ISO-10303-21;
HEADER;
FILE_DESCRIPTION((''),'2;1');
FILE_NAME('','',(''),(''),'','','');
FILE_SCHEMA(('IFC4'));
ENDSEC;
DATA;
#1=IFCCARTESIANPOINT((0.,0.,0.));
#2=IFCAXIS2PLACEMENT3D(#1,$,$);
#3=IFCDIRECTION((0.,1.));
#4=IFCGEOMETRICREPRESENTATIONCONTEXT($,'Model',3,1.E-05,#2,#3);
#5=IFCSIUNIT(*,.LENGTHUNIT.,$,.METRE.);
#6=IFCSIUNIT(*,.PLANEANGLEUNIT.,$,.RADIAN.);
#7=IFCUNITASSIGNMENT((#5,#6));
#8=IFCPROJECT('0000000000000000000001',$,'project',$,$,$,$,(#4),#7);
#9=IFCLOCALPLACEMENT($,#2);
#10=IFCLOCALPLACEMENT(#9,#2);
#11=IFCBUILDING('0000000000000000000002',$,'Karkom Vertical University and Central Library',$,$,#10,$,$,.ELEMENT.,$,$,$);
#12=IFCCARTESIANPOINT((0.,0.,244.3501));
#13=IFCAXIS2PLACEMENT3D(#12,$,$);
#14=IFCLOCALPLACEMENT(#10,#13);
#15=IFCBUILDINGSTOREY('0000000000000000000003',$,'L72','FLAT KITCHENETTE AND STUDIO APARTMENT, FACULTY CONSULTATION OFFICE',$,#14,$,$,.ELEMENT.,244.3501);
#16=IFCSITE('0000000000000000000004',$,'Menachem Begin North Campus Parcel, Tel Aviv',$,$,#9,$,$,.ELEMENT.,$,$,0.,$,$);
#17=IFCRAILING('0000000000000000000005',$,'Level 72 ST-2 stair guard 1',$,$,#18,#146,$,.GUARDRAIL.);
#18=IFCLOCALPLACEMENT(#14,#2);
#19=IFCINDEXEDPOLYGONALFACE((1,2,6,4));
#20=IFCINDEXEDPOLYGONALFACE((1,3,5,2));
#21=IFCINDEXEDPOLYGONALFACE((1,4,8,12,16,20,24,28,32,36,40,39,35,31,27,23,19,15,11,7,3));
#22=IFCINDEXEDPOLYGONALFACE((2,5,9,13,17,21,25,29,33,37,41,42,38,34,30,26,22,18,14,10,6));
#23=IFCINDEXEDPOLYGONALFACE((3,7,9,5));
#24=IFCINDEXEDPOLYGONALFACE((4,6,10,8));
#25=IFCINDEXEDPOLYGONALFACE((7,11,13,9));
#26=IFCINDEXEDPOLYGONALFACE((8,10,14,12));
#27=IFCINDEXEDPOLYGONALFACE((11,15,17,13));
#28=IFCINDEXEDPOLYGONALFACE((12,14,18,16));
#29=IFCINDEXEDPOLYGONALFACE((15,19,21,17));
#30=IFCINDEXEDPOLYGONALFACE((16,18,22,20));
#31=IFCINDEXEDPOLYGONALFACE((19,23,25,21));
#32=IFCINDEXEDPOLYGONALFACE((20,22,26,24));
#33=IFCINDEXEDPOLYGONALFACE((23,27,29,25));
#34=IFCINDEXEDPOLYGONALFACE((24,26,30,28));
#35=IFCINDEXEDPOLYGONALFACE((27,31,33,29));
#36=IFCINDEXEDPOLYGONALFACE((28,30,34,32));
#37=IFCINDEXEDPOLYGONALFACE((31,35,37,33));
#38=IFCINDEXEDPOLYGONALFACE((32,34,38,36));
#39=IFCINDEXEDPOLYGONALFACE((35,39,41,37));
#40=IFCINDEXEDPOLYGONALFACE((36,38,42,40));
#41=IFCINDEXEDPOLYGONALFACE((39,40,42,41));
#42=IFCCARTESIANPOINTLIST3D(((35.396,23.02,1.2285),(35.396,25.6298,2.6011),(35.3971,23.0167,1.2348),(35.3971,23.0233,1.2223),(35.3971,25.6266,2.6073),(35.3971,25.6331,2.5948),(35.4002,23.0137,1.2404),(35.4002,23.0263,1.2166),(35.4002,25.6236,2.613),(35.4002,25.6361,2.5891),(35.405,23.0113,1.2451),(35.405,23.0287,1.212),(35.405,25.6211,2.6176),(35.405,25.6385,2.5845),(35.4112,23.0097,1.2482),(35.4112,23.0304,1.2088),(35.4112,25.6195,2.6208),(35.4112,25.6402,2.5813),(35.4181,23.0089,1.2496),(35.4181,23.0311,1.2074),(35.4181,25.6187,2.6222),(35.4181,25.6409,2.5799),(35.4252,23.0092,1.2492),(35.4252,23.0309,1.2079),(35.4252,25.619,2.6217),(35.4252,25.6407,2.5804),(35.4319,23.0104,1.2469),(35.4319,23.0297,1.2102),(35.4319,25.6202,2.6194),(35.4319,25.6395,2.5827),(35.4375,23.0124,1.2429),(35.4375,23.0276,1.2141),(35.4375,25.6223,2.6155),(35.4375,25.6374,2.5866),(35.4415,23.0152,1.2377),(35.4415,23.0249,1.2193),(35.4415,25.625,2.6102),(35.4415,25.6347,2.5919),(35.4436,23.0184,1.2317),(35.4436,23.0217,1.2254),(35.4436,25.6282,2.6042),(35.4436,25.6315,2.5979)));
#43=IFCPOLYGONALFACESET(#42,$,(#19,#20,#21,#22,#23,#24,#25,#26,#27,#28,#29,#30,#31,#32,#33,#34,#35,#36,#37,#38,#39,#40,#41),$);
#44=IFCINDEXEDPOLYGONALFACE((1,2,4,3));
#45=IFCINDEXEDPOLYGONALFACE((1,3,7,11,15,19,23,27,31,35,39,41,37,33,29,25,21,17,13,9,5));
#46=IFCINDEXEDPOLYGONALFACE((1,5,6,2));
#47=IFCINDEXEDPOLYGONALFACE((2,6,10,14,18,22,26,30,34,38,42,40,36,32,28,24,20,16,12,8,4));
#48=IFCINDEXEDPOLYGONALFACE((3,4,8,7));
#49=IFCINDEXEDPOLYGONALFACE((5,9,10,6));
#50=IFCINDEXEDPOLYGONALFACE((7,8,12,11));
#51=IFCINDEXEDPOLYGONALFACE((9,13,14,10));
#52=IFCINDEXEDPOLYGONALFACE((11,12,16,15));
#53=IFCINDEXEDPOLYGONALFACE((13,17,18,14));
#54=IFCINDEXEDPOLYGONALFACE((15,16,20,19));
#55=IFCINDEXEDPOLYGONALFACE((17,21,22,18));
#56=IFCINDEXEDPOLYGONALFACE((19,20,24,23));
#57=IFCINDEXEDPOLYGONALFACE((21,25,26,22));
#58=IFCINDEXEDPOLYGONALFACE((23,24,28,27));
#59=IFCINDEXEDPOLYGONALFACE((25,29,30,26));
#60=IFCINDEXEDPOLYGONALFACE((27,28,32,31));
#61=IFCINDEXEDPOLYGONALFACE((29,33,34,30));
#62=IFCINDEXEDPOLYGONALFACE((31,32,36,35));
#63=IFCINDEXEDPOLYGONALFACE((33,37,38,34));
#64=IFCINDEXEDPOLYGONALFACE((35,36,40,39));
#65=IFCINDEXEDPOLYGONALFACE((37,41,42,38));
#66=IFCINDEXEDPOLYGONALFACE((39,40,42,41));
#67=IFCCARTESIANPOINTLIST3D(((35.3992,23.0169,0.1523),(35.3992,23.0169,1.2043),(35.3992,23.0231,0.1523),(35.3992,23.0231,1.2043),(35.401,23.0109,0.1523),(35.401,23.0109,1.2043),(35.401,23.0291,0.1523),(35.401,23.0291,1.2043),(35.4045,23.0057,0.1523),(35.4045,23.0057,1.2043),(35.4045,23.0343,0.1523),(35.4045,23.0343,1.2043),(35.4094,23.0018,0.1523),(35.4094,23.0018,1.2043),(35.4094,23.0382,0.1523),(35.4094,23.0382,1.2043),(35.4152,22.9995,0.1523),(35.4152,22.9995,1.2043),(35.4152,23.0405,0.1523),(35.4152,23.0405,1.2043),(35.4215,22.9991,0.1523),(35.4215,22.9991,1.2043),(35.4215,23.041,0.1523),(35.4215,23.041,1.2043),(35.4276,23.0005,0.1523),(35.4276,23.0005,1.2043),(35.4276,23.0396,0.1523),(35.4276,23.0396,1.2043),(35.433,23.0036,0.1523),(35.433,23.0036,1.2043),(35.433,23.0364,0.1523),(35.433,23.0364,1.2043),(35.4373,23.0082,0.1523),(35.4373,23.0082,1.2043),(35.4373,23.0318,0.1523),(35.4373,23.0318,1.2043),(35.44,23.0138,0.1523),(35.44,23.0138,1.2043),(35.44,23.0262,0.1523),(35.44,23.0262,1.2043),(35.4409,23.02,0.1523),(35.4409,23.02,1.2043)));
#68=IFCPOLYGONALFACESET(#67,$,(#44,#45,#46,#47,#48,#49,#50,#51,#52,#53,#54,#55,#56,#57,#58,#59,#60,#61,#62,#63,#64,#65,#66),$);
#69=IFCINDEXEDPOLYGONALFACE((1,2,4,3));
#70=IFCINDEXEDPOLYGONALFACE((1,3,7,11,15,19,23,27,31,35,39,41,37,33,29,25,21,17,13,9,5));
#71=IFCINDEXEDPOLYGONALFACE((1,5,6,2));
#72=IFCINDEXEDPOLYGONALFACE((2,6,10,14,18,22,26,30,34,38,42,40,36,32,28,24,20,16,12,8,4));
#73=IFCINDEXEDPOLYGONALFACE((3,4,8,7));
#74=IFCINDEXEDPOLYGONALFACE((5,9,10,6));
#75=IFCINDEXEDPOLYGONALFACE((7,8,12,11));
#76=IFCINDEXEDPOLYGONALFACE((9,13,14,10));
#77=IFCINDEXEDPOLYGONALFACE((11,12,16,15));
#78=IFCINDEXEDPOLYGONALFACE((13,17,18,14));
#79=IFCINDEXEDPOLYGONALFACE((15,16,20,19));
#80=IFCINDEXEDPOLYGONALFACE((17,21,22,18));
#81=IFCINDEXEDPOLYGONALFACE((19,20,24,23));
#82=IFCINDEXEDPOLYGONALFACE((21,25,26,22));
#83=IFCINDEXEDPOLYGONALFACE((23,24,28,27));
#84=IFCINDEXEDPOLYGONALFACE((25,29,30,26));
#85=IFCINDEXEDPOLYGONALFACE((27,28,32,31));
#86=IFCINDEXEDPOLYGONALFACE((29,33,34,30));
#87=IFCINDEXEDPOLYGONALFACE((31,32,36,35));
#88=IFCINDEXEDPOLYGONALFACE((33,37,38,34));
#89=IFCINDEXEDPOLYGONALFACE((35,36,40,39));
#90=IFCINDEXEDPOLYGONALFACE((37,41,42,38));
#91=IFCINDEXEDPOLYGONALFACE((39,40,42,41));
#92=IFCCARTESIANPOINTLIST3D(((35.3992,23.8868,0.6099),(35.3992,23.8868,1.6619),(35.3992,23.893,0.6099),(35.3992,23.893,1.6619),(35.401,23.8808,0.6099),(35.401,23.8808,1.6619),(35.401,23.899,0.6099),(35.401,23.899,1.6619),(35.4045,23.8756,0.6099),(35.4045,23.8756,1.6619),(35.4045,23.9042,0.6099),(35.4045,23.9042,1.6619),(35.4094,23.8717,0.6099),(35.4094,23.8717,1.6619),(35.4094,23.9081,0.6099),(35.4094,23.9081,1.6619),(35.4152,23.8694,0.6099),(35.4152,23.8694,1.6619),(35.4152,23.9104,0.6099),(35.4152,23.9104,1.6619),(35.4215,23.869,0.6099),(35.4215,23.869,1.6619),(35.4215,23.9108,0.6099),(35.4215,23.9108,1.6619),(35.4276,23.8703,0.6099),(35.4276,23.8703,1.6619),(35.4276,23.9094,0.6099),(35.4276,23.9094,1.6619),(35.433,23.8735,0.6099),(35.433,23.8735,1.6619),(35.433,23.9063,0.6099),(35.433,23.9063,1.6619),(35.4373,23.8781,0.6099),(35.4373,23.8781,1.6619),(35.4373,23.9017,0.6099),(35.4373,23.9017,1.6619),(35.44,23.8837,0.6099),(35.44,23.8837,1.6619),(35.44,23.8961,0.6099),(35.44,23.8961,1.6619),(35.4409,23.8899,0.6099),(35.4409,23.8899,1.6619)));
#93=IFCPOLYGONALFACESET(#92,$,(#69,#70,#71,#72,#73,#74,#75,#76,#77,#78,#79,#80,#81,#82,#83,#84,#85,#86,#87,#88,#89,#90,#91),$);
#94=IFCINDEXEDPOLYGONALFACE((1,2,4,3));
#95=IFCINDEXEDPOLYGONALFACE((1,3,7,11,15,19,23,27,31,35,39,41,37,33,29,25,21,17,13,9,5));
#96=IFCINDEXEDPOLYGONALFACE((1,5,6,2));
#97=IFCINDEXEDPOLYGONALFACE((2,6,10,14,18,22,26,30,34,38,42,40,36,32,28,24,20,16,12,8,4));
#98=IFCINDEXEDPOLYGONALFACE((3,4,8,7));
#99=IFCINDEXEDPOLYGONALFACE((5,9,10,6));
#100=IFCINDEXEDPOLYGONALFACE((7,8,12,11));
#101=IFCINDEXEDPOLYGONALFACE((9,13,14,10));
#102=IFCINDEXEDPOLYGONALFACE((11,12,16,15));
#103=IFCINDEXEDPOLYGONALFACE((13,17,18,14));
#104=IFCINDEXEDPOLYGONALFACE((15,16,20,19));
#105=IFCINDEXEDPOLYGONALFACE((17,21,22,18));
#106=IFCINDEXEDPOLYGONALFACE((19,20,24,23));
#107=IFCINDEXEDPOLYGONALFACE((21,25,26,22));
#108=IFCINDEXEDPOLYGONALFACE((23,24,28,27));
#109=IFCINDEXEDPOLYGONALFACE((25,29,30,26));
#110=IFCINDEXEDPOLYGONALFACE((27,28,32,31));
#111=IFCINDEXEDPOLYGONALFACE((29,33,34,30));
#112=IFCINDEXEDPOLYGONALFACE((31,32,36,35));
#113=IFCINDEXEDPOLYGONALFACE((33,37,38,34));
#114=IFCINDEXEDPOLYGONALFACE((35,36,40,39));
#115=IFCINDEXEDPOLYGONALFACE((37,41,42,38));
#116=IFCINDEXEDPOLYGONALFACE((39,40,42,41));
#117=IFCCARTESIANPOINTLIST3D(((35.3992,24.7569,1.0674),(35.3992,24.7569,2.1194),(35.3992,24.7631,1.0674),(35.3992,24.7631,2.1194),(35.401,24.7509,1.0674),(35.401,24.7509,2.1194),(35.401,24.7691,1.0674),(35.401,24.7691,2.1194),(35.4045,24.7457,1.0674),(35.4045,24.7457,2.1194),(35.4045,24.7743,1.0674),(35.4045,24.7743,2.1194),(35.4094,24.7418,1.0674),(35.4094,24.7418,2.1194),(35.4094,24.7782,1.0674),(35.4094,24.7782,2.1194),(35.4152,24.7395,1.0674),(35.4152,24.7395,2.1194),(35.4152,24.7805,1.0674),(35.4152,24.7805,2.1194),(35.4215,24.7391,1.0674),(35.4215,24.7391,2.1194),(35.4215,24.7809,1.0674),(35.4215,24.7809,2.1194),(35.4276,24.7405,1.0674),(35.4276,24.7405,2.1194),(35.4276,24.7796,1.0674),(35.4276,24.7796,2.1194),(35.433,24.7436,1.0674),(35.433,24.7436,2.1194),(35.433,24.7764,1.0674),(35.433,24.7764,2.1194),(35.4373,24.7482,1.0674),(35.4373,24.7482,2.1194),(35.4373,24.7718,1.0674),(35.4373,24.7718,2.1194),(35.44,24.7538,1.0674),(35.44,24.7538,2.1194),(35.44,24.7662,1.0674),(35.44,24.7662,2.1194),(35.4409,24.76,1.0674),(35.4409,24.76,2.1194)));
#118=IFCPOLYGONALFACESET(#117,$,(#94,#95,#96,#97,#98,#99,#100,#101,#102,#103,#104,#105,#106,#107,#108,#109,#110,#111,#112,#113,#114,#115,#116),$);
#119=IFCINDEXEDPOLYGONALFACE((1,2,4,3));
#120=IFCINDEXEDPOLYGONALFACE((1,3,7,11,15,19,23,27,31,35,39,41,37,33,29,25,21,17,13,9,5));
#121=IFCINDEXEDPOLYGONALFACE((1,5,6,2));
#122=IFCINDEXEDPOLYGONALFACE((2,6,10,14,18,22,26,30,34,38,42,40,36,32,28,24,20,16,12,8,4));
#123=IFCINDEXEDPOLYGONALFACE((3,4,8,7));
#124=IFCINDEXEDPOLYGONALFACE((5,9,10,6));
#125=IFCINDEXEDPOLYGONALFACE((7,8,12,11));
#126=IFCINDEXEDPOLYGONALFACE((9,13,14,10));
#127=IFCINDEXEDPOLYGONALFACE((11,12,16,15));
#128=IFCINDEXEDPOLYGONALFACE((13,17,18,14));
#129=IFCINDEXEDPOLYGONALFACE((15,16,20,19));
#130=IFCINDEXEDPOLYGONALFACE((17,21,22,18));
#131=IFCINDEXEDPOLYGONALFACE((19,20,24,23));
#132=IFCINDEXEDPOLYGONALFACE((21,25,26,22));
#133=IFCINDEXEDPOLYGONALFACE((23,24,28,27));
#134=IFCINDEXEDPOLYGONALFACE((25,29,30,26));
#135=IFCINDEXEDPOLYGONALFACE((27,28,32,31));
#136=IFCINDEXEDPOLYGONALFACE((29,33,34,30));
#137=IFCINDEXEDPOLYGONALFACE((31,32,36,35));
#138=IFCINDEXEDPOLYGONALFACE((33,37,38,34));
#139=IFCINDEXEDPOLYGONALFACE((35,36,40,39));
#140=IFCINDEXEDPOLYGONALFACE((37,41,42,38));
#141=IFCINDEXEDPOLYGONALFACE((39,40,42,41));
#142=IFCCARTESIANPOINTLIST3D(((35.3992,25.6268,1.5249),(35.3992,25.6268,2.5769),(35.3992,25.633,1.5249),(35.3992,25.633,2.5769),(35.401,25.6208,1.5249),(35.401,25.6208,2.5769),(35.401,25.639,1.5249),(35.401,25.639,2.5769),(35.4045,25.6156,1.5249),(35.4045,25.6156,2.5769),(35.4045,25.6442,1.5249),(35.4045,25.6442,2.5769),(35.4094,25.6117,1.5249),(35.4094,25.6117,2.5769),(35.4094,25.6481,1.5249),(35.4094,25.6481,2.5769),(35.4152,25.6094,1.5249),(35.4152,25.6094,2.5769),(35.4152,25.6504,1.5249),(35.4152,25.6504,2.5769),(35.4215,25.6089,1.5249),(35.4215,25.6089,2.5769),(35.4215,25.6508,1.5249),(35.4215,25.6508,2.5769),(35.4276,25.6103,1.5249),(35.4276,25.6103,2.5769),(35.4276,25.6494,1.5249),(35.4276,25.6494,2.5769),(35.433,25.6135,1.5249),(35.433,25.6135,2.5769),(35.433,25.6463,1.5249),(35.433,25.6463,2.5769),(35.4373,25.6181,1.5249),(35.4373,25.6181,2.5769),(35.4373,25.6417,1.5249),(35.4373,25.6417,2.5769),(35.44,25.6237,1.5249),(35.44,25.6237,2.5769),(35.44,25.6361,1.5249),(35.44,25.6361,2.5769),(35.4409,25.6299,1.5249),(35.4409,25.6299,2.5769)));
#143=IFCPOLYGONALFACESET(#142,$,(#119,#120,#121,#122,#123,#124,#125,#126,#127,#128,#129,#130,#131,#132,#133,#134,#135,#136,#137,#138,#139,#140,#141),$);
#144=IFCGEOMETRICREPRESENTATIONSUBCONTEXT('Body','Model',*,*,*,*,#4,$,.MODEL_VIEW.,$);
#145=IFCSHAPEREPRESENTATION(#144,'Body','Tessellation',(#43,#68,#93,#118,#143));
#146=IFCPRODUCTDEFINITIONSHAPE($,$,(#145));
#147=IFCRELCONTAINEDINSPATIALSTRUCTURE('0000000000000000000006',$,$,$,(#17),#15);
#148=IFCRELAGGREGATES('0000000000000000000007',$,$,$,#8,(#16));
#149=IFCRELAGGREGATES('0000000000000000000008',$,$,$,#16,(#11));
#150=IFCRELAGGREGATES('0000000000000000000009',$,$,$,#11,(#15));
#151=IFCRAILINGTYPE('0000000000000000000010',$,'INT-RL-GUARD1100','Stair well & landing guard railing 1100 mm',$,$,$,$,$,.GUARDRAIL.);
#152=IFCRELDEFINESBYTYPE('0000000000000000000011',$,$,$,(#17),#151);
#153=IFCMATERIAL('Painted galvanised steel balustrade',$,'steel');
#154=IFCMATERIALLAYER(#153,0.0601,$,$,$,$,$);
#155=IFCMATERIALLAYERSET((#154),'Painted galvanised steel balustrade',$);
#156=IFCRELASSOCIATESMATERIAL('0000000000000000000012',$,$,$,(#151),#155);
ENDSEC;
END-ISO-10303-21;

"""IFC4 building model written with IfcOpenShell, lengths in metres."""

from ifc_helpers import new_model, si_unit, direction, frame, origin, origin_2d, place, context, subcontext, project, spatial, circle, extrude, material, layer, layer_set, type_object, element, save


model = new_model("IFC4")

# Units and contexts
model_context = context("Model", 3, precision=1e-05, world=origin(), true_north=direction((0.0, 1.0)))
body_context = subcontext(model_context, "Body", "Model", "MODEL_VIEW")
ifc_project = project(units=[si_unit("LENGTHUNIT", "METRE"), si_unit("PLANEANGLEUNIT", "RADIAN")], contexts=[model_context])

# Site, building, storey
site_placement = place(None, origin())
site = spatial("IfcSite", under=ifc_project, at=site_placement, Name="Menachem Begin North Campus Parcel, Tel Aviv", CompositionType="ELEMENT", RefElevation=0.0)
building_placement = place(site_placement, origin())
building = spatial("IfcBuilding", under=site, at=building_placement, Name="Karkom Vertical University and Central Library", CompositionType="ELEMENT")
storey_placement = place(building_placement, frame((0.0, 0.0, 244.3501)))
storey = spatial("IfcBuildingStorey", under=building, at=storey_placement, Name="L72", Description="FLAT KITCHENETTE AND STUDIO APARTMENT, FACULTY CONSULTATION OFFICE", CompositionType="ELEMENT", Elevation=244.3501)

# Railing
ifc_material_1 = material(Name="Painted galvanised steel balustrade", Category="steel")
ifc_layer_1 = layer(ifc_material_1, 0.0601)
ifc_layer_set_1 = layer_set([ifc_layer_1], Name="Painted galvanised steel balustrade")
railing_type = type_object("IfcRailingType", Name="INT-RL-GUARD1100", Description="Stair well & landing guard railing 1100 mm", PredefinedType="GUARDRAIL", material=ifc_layer_set_1)
railing_1_placement = place(storey_placement, frame((35.4199, 23.02, 0.1523)))
element("IfcRailing", 1, at=railing_1_placement, inside=storey, type_object=railing_type, Name="Level 72 ST-2 stair guard 1", PredefinedType="GUARDRAIL", context=body_context, shape_type="SweptSolid", body=[
    extrude(circle(Radius=0.0239, at=origin_2d()), frame((0.0, 0.0, 1.0762), z_axis=(0.0, 0.885065, 0.465467), x_axis=(-1.0, 0.0, 0.0)), (0.0, 0.0, 1.0), 2.9487),
    extrude(circle(Radius=0.021, at=origin_2d()), origin(), (0.0, 0.0, 1.0), 1.052),
    extrude(circle(Radius=0.021, at=origin_2d()), frame((0.0, 0.8699, 0.4575)), (0.0, 0.0, 1.0), 1.052),
    extrude(circle(Radius=0.021, at=origin_2d()), frame((0.0, 1.74, 0.915)), (0.0, 0.0, 1.0), 1.052),
    extrude(circle(Radius=0.021, at=origin_2d()), frame((0.0, 2.6099, 1.3726)), (0.0, 0.0, 1.0), 1.052),
])

save(model, "model.ifc")
